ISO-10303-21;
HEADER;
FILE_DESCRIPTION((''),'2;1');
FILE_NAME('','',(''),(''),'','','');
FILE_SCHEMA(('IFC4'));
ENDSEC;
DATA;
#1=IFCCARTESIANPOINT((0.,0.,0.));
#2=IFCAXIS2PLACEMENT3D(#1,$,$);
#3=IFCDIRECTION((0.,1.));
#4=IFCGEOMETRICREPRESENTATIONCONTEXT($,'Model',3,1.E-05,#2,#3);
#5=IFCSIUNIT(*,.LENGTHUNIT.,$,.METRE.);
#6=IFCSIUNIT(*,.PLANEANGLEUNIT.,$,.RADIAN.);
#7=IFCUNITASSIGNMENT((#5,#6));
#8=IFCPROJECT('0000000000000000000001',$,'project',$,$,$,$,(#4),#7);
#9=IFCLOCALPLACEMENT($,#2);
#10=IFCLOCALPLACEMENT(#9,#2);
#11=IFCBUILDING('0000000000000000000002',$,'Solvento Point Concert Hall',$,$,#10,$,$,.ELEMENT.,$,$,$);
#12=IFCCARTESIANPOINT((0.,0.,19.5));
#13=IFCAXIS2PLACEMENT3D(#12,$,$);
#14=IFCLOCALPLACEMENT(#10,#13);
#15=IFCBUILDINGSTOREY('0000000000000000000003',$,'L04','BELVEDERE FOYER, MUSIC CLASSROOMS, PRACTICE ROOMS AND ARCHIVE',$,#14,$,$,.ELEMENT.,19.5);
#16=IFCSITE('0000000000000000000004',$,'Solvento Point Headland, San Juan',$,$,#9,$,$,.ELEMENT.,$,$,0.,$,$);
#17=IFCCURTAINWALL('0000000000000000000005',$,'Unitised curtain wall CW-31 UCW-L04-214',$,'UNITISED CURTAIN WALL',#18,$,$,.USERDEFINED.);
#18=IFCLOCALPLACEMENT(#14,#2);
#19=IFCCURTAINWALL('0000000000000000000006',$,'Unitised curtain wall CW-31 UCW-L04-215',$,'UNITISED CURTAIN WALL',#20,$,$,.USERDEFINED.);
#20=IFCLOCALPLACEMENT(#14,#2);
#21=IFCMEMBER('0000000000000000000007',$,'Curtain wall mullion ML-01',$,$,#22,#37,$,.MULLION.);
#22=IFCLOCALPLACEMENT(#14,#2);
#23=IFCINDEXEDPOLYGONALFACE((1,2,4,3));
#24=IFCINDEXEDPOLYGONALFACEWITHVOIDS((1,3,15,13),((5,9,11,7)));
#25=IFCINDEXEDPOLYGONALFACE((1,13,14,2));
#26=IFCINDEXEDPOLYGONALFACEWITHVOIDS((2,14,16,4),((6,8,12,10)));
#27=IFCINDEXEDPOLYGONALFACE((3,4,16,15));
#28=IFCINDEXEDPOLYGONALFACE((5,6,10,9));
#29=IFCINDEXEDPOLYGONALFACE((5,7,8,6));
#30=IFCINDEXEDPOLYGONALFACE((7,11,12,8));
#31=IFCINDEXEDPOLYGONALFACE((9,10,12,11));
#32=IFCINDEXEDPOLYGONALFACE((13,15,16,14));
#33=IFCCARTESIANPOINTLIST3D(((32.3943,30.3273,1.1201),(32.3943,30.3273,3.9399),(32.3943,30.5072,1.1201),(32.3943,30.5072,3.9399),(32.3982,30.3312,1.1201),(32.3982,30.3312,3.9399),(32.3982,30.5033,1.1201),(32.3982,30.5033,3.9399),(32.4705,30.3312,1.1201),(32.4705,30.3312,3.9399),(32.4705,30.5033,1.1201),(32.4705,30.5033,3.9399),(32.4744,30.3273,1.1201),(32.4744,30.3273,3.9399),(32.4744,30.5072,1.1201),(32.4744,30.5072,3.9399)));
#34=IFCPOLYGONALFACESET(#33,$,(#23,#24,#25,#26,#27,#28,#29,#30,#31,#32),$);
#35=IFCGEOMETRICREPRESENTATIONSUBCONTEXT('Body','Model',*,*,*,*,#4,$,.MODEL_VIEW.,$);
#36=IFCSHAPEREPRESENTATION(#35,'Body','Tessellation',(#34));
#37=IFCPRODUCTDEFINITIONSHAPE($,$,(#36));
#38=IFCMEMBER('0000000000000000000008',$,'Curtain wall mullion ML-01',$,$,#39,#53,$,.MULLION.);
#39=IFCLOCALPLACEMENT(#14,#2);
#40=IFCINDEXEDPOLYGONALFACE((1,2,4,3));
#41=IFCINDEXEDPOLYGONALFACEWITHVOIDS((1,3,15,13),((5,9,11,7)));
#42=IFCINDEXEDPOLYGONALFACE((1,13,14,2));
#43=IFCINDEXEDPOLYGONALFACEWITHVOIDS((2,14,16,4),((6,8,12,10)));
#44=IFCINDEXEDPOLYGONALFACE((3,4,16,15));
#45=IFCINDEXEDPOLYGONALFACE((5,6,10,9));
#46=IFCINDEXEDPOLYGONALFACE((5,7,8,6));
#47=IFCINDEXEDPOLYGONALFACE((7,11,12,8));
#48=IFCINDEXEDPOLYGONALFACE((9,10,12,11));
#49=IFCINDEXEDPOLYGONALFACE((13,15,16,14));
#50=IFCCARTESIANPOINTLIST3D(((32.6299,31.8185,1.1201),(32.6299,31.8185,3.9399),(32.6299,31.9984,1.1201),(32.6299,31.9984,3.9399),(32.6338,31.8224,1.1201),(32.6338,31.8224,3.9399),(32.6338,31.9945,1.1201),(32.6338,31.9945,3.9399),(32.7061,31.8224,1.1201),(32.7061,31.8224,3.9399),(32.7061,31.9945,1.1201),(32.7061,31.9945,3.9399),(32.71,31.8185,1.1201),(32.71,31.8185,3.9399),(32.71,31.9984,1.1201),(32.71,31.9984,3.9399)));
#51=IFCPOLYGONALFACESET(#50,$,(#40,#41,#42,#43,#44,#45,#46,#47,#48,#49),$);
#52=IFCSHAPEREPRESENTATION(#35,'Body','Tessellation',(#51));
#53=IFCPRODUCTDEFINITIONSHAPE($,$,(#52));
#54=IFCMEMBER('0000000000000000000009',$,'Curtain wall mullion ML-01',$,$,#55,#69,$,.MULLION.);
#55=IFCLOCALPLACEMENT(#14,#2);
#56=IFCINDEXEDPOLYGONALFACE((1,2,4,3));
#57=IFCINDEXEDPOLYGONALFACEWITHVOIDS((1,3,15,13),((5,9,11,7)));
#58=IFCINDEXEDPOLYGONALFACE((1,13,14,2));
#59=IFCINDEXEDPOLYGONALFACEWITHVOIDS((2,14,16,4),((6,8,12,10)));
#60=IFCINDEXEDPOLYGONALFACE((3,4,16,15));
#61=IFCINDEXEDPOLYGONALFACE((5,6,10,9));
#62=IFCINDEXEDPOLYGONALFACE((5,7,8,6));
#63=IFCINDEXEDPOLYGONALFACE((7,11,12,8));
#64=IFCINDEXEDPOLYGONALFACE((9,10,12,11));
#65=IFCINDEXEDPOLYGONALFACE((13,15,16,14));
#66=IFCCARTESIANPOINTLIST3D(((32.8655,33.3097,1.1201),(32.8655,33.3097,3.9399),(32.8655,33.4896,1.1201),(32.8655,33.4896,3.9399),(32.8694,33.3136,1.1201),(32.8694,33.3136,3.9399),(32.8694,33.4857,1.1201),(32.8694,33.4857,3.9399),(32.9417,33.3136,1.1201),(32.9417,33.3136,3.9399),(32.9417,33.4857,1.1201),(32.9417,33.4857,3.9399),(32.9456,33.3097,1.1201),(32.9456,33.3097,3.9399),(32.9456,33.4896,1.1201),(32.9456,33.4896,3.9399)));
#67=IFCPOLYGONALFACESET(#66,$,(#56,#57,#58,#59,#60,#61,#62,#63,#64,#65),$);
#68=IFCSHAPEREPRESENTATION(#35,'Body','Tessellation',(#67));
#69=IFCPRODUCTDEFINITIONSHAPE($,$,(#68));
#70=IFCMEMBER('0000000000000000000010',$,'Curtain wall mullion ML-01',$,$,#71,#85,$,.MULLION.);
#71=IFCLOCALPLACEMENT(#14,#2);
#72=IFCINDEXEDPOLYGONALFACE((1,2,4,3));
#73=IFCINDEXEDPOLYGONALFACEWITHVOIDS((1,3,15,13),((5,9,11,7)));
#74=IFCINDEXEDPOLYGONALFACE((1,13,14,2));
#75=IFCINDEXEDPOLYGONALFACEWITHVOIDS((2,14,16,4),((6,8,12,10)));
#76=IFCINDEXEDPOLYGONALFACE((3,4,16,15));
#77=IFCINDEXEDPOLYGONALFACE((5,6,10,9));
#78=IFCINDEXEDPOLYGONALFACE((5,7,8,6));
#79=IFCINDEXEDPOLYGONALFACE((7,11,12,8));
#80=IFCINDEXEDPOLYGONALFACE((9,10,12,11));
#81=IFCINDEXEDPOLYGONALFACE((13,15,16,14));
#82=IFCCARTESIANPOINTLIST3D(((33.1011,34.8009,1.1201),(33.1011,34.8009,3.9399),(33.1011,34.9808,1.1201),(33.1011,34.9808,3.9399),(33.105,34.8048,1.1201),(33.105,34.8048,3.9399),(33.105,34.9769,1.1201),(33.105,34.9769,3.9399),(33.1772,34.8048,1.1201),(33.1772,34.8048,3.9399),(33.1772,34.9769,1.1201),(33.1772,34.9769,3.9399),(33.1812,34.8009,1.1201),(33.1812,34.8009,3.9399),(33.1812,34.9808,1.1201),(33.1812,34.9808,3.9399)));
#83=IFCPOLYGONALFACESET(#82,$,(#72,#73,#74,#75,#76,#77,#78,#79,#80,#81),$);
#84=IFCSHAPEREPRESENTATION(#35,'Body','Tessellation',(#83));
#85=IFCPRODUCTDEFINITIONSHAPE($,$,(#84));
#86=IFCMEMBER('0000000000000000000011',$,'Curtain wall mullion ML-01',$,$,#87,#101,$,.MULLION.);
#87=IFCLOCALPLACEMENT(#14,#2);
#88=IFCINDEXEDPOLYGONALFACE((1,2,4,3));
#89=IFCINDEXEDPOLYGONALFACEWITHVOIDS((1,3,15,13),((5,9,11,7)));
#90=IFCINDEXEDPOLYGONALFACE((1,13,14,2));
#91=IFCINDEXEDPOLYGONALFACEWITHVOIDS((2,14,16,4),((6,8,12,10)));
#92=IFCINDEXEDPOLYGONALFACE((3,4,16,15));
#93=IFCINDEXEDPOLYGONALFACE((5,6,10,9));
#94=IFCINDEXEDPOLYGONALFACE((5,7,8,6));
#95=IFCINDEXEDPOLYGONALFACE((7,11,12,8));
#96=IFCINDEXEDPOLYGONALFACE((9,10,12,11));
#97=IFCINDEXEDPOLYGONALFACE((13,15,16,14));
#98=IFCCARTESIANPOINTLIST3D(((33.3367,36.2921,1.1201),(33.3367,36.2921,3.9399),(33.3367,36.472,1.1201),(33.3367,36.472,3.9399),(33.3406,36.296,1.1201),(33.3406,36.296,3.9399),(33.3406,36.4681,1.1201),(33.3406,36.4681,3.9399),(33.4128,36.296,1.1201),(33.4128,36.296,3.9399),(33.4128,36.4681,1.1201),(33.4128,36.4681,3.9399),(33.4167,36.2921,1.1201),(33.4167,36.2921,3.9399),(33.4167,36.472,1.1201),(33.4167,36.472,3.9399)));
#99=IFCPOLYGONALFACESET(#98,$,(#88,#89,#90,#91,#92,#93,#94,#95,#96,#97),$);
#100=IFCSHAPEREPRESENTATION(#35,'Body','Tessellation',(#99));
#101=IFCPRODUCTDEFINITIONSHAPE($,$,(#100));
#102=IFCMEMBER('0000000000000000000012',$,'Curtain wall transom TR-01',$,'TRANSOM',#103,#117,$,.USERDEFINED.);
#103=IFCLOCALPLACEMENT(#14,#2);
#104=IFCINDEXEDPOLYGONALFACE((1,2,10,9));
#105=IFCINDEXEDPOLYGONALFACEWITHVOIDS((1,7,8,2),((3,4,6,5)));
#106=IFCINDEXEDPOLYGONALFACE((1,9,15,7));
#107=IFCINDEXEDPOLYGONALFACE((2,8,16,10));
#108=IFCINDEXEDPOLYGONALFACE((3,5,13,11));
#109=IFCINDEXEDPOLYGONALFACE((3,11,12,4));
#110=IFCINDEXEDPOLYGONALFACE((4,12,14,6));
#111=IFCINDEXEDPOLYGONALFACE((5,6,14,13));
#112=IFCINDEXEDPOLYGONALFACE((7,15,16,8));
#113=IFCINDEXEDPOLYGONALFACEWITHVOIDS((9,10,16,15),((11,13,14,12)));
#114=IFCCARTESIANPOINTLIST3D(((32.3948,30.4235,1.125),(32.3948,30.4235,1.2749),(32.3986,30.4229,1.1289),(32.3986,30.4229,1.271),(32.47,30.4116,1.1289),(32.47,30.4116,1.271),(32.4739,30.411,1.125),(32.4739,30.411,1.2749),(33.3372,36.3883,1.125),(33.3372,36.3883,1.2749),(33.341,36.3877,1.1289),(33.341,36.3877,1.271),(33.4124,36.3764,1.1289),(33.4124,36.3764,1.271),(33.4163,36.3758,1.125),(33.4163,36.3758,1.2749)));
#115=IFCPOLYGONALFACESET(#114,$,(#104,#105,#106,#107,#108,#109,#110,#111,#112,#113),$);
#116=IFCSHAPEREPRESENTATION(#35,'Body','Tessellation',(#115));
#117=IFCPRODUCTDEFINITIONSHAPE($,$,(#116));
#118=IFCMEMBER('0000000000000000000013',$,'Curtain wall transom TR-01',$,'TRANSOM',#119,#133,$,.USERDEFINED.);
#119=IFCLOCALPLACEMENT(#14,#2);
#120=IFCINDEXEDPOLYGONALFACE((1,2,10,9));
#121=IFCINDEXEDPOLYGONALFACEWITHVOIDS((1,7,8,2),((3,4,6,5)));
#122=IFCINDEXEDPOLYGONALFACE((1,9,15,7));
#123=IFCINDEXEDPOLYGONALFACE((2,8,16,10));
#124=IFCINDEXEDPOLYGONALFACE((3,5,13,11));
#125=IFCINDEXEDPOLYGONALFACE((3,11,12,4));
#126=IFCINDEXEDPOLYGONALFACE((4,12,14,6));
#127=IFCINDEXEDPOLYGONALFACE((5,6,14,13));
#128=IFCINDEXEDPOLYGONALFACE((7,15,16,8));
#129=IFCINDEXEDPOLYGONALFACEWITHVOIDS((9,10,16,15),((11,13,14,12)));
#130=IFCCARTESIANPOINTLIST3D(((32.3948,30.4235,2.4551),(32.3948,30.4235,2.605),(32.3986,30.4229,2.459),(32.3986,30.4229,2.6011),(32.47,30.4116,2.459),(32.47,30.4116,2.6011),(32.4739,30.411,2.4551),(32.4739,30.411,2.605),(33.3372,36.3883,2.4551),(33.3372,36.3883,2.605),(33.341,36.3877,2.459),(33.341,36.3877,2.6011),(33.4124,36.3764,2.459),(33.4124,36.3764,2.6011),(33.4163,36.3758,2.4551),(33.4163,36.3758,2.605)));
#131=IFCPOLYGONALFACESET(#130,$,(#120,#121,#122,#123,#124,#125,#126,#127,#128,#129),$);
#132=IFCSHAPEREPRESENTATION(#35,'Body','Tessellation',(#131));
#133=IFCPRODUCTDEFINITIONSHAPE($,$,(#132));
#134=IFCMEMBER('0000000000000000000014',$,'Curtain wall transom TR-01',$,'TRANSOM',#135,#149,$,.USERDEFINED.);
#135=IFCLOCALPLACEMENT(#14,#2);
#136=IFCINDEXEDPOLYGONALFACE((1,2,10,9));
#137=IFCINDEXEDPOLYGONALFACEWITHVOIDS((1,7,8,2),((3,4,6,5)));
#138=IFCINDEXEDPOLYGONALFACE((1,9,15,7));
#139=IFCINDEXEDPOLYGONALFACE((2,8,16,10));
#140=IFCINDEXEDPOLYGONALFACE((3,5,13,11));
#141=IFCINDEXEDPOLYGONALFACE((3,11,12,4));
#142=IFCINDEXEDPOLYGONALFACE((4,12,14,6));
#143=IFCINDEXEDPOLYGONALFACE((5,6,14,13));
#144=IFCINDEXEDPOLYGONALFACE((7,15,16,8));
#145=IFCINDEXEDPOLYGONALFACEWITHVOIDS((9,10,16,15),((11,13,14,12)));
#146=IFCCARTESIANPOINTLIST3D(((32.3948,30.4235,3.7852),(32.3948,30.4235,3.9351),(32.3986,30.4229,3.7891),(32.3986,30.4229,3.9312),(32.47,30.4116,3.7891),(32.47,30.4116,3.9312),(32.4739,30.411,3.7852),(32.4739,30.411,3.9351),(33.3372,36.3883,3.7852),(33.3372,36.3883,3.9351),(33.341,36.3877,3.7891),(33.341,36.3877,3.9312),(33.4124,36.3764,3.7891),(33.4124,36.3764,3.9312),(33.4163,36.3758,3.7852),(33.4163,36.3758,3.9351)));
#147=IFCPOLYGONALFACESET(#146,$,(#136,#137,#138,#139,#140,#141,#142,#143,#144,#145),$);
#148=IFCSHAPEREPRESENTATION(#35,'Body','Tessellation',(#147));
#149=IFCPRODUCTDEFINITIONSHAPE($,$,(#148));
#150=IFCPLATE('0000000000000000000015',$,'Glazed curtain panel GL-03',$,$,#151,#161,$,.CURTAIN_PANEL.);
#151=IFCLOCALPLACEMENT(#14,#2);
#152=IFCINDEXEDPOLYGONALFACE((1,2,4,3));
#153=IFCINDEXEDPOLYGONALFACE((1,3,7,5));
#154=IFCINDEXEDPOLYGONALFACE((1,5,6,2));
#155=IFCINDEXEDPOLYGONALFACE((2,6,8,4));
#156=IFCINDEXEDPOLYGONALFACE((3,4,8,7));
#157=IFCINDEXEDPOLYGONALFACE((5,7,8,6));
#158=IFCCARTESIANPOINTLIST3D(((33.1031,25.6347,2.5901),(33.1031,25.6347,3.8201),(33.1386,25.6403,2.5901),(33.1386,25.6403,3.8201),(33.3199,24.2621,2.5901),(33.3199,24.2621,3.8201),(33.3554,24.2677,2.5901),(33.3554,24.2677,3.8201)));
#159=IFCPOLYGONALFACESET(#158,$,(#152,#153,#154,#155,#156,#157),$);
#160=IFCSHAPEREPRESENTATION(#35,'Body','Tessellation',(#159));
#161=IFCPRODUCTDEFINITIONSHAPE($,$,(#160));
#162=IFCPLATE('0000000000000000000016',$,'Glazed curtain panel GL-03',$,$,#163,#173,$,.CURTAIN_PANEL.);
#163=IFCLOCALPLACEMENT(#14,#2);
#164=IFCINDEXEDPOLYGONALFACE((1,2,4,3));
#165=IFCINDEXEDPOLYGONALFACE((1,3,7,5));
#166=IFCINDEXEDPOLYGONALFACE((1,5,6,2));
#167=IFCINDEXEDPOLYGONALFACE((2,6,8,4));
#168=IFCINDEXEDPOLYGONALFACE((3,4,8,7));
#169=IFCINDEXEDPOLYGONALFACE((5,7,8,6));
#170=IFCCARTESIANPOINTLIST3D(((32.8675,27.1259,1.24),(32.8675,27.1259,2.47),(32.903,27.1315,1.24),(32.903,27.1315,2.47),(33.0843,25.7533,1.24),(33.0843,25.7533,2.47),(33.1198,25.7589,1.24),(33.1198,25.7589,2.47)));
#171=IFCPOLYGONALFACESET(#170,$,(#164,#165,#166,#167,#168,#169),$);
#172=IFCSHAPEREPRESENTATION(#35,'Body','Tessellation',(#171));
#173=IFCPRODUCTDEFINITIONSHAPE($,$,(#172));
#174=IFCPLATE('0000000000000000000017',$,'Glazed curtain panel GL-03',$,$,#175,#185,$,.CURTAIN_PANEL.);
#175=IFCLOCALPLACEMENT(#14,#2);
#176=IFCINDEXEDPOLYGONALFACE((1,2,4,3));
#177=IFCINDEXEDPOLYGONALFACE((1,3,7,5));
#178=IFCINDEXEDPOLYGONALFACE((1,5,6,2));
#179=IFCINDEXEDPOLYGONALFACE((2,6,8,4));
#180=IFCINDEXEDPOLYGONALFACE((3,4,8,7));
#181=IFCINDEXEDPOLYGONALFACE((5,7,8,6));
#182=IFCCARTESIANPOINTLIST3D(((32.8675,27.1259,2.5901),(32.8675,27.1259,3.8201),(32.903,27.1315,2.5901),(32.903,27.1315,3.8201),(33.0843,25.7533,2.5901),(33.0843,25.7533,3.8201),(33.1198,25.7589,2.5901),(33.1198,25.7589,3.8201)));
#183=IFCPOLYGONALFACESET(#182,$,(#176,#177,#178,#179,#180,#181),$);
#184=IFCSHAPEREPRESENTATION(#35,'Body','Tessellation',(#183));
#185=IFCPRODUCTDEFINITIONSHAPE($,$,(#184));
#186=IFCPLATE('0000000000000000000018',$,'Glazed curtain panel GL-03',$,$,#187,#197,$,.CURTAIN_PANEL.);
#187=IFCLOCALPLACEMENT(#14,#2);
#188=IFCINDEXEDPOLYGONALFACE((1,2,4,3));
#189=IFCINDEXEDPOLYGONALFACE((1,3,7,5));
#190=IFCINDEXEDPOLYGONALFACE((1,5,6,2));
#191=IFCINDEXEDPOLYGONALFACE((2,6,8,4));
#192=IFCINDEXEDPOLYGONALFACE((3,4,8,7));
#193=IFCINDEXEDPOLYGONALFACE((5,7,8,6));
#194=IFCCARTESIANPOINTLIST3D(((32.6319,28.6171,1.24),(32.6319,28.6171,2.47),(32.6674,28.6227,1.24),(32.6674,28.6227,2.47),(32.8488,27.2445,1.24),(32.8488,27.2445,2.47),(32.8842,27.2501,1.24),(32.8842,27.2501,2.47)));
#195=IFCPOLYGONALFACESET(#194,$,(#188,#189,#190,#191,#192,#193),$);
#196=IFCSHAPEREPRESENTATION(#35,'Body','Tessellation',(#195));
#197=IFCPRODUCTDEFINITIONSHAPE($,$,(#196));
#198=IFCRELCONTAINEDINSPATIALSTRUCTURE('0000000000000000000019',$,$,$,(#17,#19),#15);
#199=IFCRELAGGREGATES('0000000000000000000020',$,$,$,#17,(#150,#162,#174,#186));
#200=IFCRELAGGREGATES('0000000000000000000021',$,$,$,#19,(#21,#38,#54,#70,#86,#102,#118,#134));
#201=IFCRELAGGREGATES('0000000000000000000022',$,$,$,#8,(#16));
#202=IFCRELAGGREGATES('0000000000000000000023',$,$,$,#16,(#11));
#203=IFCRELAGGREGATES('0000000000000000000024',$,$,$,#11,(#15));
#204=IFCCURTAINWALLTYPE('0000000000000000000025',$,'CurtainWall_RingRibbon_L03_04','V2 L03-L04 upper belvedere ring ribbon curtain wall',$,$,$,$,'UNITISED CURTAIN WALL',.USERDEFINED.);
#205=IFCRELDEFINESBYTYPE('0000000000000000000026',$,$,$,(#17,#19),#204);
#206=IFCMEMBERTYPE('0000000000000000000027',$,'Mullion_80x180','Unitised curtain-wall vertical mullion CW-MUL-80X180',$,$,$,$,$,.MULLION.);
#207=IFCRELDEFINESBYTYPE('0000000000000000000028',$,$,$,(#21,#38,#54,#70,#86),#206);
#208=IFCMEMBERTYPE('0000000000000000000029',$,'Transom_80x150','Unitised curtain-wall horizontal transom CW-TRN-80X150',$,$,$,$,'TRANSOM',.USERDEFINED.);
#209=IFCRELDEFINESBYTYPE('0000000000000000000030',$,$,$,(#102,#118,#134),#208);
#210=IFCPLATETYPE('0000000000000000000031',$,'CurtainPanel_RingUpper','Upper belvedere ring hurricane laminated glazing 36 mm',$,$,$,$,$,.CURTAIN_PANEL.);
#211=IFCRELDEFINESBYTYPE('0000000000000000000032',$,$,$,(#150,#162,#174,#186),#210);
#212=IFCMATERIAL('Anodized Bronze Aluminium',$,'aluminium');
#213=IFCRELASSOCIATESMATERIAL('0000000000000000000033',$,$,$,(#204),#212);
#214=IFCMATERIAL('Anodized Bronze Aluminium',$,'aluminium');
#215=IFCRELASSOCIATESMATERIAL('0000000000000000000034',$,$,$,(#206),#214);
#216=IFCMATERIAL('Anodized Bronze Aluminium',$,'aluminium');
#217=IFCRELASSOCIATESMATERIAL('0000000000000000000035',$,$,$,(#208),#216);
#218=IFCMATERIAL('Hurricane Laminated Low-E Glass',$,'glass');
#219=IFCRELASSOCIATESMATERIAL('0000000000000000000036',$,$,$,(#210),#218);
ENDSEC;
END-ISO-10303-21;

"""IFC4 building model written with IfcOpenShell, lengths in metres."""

from ifc_helpers import new_model, si_unit, direction, frame, origin, origin_2d, place, context, subcontext, project, spatial, rectangle, hollow_rectangle, extrude, material, material_profile, profile_set, type_object, element, aggregate, save


model = new_model("IFC4")

# Units and contexts
model_context = context("Model", 3, precision=1e-05, world=origin(), true_north=direction((0.0, 1.0)))
body_context = subcontext(model_context, "Body", "Model", "MODEL_VIEW")
ifc_project = project(units=[si_unit("LENGTHUNIT", "METRE"), si_unit("PLANEANGLEUNIT", "RADIAN")], contexts=[model_context])

# Site, building, storey
site_placement = place(None, origin())
site = spatial("IfcSite", under=ifc_project, at=site_placement, Name="Solvento Point Headland, San Juan", CompositionType="ELEMENT", RefElevation=0.0)
building_placement = place(site_placement, origin())
building = spatial("IfcBuilding", under=site, at=building_placement, Name="Solvento Point Concert Hall", CompositionType="ELEMENT")
storey_placement = place(building_placement, frame((0.0, 0.0, 19.5)))
storey = spatial("IfcBuildingStorey", under=building, at=storey_placement, Name="L04", Description="BELVEDERE FOYER, MUSIC CLASSROOMS, PRACTICE ROOMS AND ARCHIVE", CompositionType="ELEMENT", Elevation=19.5)

# Curtain walls, members
ifc_material_1 = material(Name="Anodized Bronze Aluminium", Category="aluminium")
curtain_wall_type = type_object("IfcCurtainWallType", Name="CurtainWall_RingRibbon_L03_04", Description="V2 L03-L04 upper belvedere ring ribbon curtain wall", ElementType="UNITISED CURTAIN WALL", PredefinedType="USERDEFINED", material=ifc_material_1)
curtain_wall_1_placement = place(storey_placement, origin())
curtain_wall_1 = element("IfcCurtainWall", 1, at=curtain_wall_1_placement, inside=storey, type_object=curtain_wall_type, Name="Unitised curtain wall CW-31 UCW-L04-214", ObjectType="UNITISED CURTAIN WALL", PredefinedType="USERDEFINED")
ifc_material_2 = material(Name="Anodized Bronze Aluminium", Category="aluminium")
ifc_material_profile_1 = material_profile(ifc_material_2, hollow_rectangle(XDim=0.0801, YDim=0.1799, WallThickness=0.0039, at=origin_2d()), Name="CW-MUL-80X180")
ifc_profile_set_1 = profile_set([ifc_material_profile_1], Name="Anodized Bronze Aluminium")
member_type_1 = type_object("IfcMemberType", Name="Mullion_80x180", Description="Unitised curtain-wall vertical mullion CW-MUL-80X180", PredefinedType="MULLION", material=ifc_profile_set_1)
curtain_wall_2_placement = place(storey_placement, origin())
curtain_wall_2 = element("IfcCurtainWall", 2, at=curtain_wall_2_placement, inside=storey, type_object=curtain_wall_type, Name="Unitised curtain wall CW-31 UCW-L04-215", ObjectType="UNITISED CURTAIN WALL", PredefinedType="USERDEFINED")
member_1_placement = place(storey_placement, frame((32.4343, 30.4172, 1.1201), z_axis=(0.0, 0.0, 1.0), x_axis=(1.0, 0.0, 0.0)))
member_1 = element("IfcMember", 3, at=member_1_placement, type_object=member_type_1, Name="Curtain wall mullion ML-01", PredefinedType="MULLION", context=body_context, shape_type="SweptSolid", body=[
    extrude(hollow_rectangle(XDim=0.0801, YDim=0.1799, WallThickness=0.0039, at=origin_2d()), origin(), (0.0, 0.0, 1.0), 2.8198),
])
member_2_placement = place(storey_placement, frame((32.6699, 31.9084, 1.1201), z_axis=(0.0, 0.0, 1.0), x_axis=(1.0, 0.0, 0.0)))
member_2 = element("IfcMember", 4, at=member_2_placement, type_object=member_type_1, Name="Curtain wall mullion ML-01", PredefinedType="MULLION", context=body_context, shape_type="SweptSolid", body=[
    extrude(hollow_rectangle(XDim=0.0801, YDim=0.1799, WallThickness=0.0039, at=origin_2d()), origin(), (0.0, 0.0, 1.0), 2.8198),
])
member_3_placement = place(storey_placement, frame((32.9055, 33.3997, 1.1201), z_axis=(0.0, 0.0, 1.0), x_axis=(1.0, 0.0, 0.0)))
member_3 = element("IfcMember", 5, at=member_3_placement, type_object=member_type_1, Name="Curtain wall mullion ML-01", PredefinedType="MULLION", context=body_context, shape_type="SweptSolid", body=[
    extrude(hollow_rectangle(XDim=0.0801, YDim=0.1799, WallThickness=0.0039, at=origin_2d()), origin(), (0.0, 0.0, 1.0), 2.8198),
])
member_4_placement = place(storey_placement, frame((33.1411, 34.8909, 1.1201), z_axis=(0.0, 0.0, 1.0), x_axis=(1.0, 0.0, 0.0)))
member_4 = element("IfcMember", 6, at=member_4_placement, type_object=member_type_1, Name="Curtain wall mullion ML-01", PredefinedType="MULLION", context=body_context, shape_type="SweptSolid", body=[
    extrude(hollow_rectangle(XDim=0.0801, YDim=0.1799, WallThickness=0.0039, at=origin_2d()), origin(), (0.0, 0.0, 1.0), 2.8198),
])
member_5_placement = place(storey_placement, frame((33.3767, 36.3821, 1.1201), z_axis=(0.0, 0.0, 1.0), x_axis=(1.0, 0.0, 0.0)))
member_5 = element("IfcMember", 7, at=member_5_placement, type_object=member_type_1, Name="Curtain wall mullion ML-01", PredefinedType="MULLION", context=body_context, shape_type="SweptSolid", body=[
    extrude(hollow_rectangle(XDim=0.0801, YDim=0.1799, WallThickness=0.0039, at=origin_2d()), origin(), (0.0, 0.0, 1.0), 2.8198),
])
ifc_material_3 = material(Name="Anodized Bronze Aluminium", Category="aluminium")
ifc_material_profile_2 = material_profile(ifc_material_3, hollow_rectangle(XDim=0.0801, YDim=0.1499, WallThickness=0.0039, at=origin_2d()), Name="CW-TRN-80X150")
ifc_profile_set_2 = profile_set([ifc_material_profile_2], Name="Anodized Bronze Aluminium")
member_type_2 = type_object("IfcMemberType", Name="Transom_80x150", Description="Unitised curtain-wall horizontal transom CW-TRN-80X150", ElementType="TRANSOM", PredefinedType="USERDEFINED", material=ifc_profile_set_2)
member_6_placement = place(storey_placement, frame((32.4343, 30.4172, 1.2), z_axis=(0.156054, 0.987749, 0.0), x_axis=(-0.987749, 0.156054, 0.0)))
member_6 = element("IfcMember", 8, at=member_6_placement, type_object=member_type_2, Name="Curtain wall transom TR-01", ObjectType="TRANSOM", PredefinedType="USERDEFINED", context=body_context, shape_type="SweptSolid", body=[
    extrude(hollow_rectangle(XDim=0.0801, YDim=0.1499, WallThickness=0.0039, at=origin_2d()), origin(), (0.0, 0.0, 1.0), 6.0388),
])
member_7_placement = place(storey_placement, frame((32.4343, 30.4172, 2.53), z_axis=(0.156054, 0.987749, 0.0), x_axis=(-0.987749, 0.156054, 0.0)))
member_7 = element("IfcMember", 9, at=member_7_placement, type_object=member_type_2, Name="Curtain wall transom TR-01", ObjectType="TRANSOM", PredefinedType="USERDEFINED", context=body_context, shape_type="SweptSolid", body=[
    extrude(hollow_rectangle(XDim=0.0801, YDim=0.1499, WallThickness=0.0039, at=origin_2d()), origin(), (0.0, 0.0, 1.0), 6.0388),
])
member_8_placement = place(storey_placement, frame((32.4343, 30.4172, 3.8601), z_axis=(0.156054, 0.987749, 0.0), x_axis=(-0.987749, 0.156054, 0.0)))
member_8 = element("IfcMember", 10, at=member_8_placement, type_object=member_type_2, Name="Curtain wall transom TR-01", ObjectType="TRANSOM", PredefinedType="USERDEFINED", context=body_context, shape_type="SweptSolid", body=[
    extrude(hollow_rectangle(XDim=0.0801, YDim=0.1499, WallThickness=0.0039, at=origin_2d()), origin(), (0.0, 0.0, 1.0), 6.0388),
])

# Plates
ifc_material_4 = material(Name="Hurricane Laminated Low-E Glass", Category="glass")
plate_type = type_object("IfcPlateType", Name="CurtainPanel_RingUpper", Description="Upper belvedere ring hurricane laminated glazing 36 mm", PredefinedType="CURTAIN_PANEL", material=ifc_material_4)
plate_1_placement = place(storey_placement, frame((33.2292, 24.9512, 2.5901), z_axis=(0.0, 0.0, 1.0), x_axis=(-0.156041, 0.987751, 0.0)))
plate_1 = element("IfcPlate", 11, at=plate_1_placement, type_object=plate_type, Name="Glazed curtain panel GL-03", PredefinedType="CURTAIN_PANEL", context=body_context, shape_type="SweptSolid", body=[
    extrude(rectangle(XDim=1.3896, YDim=0.0359, at=origin_2d()), origin(), (0.0, 0.0, 1.0), 1.23),
])
plate_2_placement = place(storey_placement, frame((32.9937, 26.4424, 1.24), z_axis=(0.0, 0.0, 1.0), x_axis=(-0.156041, 0.987751, 0.0)))
plate_2 = element("IfcPlate", 12, at=plate_2_placement, type_object=plate_type, Name="Glazed curtain panel GL-03", PredefinedType="CURTAIN_PANEL", context=body_context, shape_type="SweptSolid", body=[
    extrude(rectangle(XDim=1.3896, YDim=0.0359, at=origin_2d()), origin(), (0.0, 0.0, 1.0), 1.23),
])
plate_3_placement = place(storey_placement, frame((32.9937, 26.4424, 2.5901), z_axis=(0.0, 0.0, 1.0), x_axis=(-0.156041, 0.987751, 0.0)))
plate_3 = element("IfcPlate", 13, at=plate_3_placement, type_object=plate_type, Name="Glazed curtain panel GL-03", PredefinedType="CURTAIN_PANEL", context=body_context, shape_type="SweptSolid", body=[
    extrude(rectangle(XDim=1.3896, YDim=0.0359, at=origin_2d()), origin(), (0.0, 0.0, 1.0), 1.23),
])
plate_4_placement = place(storey_placement, frame((32.7581, 27.9336, 1.24), z_axis=(0.0, 0.0, 1.0), x_axis=(-0.156041, 0.987751, 0.0)))
plate_4 = element("IfcPlate", 14, at=plate_4_placement, type_object=plate_type, Name="Glazed curtain panel GL-03", PredefinedType="CURTAIN_PANEL", context=body_context, shape_type="SweptSolid", body=[
    extrude(rectangle(XDim=1.3896, YDim=0.0359, at=origin_2d()), origin(), (0.0, 0.0, 1.0), 1.23),
])
aggregate(curtain_wall_1, [plate_1, plate_2, plate_3, plate_4])
aggregate(curtain_wall_2, [member_1, member_2, member_3, member_4, member_5, member_6, member_7, member_8])

save(model, "model.ifc")
